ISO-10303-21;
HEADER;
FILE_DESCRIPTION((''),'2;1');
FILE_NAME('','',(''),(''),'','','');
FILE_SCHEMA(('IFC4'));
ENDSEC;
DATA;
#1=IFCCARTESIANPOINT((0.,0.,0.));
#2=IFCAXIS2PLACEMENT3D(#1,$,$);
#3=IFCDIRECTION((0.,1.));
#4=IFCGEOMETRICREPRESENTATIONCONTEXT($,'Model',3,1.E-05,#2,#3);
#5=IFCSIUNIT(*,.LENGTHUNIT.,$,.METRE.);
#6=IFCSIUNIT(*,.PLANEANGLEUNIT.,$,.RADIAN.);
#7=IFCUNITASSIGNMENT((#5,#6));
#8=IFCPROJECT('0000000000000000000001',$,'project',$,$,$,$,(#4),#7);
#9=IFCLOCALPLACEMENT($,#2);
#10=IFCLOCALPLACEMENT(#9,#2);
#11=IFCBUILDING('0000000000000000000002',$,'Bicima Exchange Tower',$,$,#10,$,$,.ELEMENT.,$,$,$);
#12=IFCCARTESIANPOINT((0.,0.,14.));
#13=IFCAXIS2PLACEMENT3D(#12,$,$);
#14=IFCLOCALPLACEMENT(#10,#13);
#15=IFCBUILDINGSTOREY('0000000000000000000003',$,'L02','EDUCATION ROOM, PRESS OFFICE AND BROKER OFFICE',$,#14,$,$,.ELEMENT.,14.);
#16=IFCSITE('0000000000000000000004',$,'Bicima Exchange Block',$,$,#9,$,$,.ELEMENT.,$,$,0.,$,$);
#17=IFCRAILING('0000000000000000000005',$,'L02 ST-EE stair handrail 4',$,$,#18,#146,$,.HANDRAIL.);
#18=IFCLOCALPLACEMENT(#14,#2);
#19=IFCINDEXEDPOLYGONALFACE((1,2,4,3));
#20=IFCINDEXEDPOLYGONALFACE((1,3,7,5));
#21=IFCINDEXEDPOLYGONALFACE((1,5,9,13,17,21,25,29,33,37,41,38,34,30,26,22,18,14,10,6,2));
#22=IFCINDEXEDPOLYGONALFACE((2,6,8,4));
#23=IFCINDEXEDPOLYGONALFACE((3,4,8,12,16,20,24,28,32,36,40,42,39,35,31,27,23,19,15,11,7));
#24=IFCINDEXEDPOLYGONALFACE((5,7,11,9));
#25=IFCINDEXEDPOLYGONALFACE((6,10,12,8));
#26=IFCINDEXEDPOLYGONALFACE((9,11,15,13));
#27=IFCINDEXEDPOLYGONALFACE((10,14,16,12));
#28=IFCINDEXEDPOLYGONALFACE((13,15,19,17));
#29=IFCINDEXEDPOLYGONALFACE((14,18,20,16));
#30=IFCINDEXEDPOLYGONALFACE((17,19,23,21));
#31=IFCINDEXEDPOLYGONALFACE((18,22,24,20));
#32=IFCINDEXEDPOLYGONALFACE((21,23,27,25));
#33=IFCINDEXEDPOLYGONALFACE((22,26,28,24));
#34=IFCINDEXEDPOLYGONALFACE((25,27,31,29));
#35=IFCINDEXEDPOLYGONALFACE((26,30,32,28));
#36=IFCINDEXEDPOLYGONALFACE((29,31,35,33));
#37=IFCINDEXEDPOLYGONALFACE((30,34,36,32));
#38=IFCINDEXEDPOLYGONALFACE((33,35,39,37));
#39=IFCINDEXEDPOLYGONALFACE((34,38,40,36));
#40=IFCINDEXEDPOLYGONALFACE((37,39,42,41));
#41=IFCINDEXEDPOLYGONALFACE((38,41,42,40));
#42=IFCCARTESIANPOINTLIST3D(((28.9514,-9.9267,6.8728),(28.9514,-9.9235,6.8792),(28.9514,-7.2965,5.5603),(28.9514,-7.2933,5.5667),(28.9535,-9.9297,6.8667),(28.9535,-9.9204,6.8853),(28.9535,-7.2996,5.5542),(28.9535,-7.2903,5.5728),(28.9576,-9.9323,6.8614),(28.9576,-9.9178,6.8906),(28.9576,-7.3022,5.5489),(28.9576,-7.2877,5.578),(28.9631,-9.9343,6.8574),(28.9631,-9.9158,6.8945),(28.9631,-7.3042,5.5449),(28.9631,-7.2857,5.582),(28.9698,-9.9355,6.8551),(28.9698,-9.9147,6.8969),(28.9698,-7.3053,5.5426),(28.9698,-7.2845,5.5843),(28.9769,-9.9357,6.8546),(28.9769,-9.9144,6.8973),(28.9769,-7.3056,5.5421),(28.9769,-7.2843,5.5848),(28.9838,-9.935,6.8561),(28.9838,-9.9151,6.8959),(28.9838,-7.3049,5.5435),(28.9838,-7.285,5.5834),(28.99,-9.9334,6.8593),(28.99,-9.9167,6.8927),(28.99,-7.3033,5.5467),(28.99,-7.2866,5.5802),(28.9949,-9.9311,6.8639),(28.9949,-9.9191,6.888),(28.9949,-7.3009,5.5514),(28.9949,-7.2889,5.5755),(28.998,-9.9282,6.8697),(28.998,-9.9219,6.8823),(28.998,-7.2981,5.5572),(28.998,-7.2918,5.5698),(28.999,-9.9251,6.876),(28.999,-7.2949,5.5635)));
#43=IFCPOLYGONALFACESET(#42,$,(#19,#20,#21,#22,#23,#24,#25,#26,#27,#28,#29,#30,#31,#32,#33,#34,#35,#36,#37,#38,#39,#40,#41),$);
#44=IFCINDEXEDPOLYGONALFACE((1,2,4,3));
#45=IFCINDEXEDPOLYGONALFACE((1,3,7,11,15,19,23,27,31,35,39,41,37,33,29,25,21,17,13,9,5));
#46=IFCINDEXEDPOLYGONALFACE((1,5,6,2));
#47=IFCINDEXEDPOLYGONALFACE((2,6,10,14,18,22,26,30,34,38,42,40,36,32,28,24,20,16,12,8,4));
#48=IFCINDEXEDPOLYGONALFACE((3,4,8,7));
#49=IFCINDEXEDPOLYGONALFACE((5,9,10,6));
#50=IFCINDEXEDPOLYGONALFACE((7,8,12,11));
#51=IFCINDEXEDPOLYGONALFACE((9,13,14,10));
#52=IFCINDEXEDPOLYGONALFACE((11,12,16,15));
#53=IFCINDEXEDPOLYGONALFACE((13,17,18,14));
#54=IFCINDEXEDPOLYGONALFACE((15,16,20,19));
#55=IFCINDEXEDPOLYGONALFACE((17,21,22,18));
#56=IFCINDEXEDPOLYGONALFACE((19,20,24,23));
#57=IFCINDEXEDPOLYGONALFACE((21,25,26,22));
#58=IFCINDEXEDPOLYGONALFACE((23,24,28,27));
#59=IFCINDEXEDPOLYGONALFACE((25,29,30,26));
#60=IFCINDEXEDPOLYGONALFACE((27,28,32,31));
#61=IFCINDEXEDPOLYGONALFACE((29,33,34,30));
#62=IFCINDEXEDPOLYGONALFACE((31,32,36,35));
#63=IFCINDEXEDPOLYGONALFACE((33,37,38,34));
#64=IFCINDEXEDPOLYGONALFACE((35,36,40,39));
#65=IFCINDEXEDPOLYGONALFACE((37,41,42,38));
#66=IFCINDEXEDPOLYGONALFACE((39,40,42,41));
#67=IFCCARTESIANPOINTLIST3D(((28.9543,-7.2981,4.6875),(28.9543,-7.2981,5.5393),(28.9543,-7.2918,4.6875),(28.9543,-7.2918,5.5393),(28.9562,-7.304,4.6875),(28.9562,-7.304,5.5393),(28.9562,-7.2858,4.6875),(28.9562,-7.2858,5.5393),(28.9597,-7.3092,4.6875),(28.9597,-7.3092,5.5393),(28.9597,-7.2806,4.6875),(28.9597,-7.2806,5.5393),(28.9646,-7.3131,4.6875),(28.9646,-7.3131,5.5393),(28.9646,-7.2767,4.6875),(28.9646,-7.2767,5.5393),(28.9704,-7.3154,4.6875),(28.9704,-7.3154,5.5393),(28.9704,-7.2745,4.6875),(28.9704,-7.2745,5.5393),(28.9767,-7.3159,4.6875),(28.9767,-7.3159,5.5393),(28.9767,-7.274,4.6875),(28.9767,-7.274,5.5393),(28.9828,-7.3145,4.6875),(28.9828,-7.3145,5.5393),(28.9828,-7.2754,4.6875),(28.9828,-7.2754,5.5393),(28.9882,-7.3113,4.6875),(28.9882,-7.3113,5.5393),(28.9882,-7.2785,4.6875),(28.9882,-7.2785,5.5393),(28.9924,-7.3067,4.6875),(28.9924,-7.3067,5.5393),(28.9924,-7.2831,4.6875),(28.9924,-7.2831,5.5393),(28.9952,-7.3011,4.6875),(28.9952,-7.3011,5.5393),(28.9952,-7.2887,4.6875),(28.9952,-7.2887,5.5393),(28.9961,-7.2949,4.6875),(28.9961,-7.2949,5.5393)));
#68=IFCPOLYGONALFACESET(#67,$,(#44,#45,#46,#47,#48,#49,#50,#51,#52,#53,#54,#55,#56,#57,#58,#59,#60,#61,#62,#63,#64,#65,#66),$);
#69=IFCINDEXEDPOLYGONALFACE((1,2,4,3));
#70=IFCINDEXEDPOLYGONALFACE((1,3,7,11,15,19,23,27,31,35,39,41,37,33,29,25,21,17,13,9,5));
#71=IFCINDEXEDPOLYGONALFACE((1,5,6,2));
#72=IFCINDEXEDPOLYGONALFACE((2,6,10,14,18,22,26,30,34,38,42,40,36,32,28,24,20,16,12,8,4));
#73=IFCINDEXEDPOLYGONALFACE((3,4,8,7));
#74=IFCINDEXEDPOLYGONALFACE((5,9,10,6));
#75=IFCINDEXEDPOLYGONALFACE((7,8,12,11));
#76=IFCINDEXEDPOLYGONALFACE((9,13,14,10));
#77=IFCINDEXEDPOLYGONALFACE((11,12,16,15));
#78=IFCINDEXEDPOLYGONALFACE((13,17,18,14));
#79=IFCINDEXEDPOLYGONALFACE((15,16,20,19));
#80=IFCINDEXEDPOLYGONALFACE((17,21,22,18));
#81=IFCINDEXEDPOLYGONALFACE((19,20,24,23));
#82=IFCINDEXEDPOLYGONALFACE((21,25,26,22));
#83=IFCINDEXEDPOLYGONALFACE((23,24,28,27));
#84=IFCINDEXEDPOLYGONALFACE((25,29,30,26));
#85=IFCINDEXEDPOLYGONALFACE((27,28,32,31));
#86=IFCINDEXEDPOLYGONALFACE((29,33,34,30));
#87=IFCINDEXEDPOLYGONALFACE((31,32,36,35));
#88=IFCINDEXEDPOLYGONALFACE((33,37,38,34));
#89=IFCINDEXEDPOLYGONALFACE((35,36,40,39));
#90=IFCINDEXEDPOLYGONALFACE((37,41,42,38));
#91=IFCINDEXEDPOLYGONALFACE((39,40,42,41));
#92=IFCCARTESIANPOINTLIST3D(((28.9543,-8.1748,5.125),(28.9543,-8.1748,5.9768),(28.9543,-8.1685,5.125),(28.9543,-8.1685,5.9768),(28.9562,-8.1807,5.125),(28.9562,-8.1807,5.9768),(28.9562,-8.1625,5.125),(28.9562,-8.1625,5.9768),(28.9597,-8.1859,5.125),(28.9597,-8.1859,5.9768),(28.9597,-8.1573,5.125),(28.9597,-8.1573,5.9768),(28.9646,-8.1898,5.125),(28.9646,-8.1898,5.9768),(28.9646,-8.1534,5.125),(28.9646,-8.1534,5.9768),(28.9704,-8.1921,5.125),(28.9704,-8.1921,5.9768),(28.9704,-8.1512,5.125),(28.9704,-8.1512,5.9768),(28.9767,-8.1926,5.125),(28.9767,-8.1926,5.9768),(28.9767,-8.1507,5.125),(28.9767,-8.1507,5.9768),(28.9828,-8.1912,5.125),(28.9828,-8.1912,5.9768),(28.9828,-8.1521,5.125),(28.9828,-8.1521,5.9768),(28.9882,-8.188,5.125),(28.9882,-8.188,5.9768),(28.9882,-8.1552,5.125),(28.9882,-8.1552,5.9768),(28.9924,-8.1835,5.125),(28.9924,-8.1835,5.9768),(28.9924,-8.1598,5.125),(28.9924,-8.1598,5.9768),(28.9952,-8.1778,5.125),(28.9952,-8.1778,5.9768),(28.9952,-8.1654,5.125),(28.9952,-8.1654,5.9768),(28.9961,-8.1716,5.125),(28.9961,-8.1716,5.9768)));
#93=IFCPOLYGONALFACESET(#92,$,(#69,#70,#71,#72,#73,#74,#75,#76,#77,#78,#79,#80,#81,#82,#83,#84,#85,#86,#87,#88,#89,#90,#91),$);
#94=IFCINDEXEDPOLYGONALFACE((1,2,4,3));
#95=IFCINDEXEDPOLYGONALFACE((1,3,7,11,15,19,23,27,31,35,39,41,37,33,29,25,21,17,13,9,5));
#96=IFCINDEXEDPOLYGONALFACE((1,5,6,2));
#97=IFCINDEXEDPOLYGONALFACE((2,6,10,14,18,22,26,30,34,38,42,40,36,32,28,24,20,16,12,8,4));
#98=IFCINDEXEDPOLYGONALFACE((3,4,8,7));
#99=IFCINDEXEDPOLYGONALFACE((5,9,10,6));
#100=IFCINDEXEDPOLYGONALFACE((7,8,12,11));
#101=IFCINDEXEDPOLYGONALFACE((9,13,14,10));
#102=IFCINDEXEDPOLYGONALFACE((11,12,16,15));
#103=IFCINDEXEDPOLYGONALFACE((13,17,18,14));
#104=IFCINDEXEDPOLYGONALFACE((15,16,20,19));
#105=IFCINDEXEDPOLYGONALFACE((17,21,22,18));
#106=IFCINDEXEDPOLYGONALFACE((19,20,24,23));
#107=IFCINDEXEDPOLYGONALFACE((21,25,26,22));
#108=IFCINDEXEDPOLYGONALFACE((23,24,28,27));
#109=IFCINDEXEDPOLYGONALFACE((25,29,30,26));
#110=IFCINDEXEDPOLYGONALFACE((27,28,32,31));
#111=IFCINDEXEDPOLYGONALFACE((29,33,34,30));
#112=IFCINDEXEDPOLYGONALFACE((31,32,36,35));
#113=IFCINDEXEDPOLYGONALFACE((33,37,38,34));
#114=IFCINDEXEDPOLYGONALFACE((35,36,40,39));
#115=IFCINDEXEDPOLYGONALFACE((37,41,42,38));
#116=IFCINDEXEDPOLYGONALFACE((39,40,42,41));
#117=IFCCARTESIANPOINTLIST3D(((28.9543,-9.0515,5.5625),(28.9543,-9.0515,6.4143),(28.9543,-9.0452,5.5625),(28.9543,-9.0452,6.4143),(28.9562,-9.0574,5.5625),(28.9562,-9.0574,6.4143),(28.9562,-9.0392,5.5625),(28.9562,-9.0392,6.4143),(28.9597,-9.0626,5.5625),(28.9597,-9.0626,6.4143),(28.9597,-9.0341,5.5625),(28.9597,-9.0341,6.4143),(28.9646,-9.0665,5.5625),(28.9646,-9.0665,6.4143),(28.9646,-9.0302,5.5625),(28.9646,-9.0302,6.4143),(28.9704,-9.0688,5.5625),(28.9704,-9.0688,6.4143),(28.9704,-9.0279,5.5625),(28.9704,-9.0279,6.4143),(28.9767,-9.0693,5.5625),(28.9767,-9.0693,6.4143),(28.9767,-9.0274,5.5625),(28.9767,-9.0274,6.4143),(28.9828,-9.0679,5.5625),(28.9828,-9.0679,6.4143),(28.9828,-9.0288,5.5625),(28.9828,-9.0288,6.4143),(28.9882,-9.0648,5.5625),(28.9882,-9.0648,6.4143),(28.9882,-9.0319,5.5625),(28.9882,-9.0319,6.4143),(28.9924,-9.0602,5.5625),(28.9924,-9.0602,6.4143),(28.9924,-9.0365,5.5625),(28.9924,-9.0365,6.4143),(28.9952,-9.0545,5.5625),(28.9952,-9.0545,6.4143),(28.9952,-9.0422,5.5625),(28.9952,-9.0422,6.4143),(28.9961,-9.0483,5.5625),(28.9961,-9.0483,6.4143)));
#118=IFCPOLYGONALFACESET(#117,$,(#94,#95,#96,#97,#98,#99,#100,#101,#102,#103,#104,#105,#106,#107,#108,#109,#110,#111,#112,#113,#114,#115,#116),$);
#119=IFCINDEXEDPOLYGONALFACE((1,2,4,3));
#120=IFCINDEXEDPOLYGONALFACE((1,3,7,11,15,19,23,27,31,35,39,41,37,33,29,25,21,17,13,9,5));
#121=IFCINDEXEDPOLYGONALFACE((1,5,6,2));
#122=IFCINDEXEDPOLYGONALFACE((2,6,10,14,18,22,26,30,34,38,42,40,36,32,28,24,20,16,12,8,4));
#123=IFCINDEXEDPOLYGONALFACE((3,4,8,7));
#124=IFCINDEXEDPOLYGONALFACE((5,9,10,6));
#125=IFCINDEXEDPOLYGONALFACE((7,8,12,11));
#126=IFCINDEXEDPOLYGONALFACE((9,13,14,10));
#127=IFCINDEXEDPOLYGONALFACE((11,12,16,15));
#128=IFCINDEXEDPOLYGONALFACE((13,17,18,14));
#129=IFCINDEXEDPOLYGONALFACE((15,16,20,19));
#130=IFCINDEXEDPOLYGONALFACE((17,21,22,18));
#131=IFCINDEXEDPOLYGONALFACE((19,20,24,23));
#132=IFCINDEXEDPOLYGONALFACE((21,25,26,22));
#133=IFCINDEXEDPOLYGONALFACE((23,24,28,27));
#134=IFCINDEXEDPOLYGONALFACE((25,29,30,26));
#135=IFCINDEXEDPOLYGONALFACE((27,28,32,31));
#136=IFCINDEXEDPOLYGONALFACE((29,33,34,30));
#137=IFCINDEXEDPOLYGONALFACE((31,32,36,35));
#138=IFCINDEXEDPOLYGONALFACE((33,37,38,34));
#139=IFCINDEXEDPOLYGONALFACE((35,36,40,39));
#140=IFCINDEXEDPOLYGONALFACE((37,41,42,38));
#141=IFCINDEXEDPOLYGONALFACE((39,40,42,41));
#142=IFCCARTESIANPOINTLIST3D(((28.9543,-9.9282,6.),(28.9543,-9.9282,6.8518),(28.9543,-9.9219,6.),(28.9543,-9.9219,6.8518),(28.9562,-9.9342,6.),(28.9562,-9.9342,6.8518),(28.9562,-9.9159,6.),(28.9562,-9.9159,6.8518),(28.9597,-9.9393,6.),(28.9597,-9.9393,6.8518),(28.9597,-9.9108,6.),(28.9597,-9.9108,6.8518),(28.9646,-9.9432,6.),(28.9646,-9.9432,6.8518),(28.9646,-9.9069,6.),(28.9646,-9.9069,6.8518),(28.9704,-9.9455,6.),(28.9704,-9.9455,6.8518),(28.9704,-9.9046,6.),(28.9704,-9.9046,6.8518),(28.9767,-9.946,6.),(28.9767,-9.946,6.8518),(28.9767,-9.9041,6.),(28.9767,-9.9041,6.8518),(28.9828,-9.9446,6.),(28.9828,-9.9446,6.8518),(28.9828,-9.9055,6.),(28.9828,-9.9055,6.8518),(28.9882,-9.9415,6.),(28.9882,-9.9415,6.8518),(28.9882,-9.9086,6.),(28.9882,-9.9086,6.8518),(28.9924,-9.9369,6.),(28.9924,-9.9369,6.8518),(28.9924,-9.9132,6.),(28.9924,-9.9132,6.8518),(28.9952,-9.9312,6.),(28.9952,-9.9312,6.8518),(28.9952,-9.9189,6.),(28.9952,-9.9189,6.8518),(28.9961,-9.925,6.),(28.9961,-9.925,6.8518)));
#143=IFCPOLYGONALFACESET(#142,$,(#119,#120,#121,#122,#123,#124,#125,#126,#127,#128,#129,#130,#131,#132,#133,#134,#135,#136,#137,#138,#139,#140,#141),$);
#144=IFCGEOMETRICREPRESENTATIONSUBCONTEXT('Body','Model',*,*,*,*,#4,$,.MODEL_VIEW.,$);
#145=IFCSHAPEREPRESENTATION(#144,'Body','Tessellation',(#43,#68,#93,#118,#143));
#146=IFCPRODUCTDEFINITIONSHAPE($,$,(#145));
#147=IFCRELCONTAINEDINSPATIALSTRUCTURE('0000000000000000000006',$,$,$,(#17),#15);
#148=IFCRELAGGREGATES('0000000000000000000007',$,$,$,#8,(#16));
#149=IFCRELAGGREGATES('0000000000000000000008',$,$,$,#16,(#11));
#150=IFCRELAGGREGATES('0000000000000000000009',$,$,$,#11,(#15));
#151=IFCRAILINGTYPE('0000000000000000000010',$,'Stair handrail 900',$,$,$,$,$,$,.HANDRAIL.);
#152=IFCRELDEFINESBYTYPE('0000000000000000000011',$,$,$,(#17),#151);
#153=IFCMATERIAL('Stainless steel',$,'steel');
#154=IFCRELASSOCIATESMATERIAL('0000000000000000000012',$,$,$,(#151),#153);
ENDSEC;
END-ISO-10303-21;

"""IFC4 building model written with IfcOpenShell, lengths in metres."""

from ifc_helpers import new_model, si_unit, direction, frame, origin, origin_2d, place, context, subcontext, project, spatial, circle, extrude, material, type_object, element, save


model = new_model("IFC4")

# Units and contexts
model_context = context("Model", 3, precision=1e-05, world=origin(), true_north=direction((0.0, 1.0)))
body_context = subcontext(model_context, "Body", "Model", "MODEL_VIEW")
ifc_project = project(units=[si_unit("LENGTHUNIT", "METRE"), si_unit("PLANEANGLEUNIT", "RADIAN")], contexts=[model_context])

# Site, building, storey
site_placement = place(None, origin())
site = spatial("IfcSite", under=ifc_project, at=site_placement, Name="Bicima Exchange Block", CompositionType="ELEMENT", RefElevation=0.0)
building_placement = place(site_placement, origin())
building = spatial("IfcBuilding", under=site, at=building_placement, Name="Bicima Exchange Tower", CompositionType="ELEMENT")
storey_placement = place(building_placement, frame((0.0, 0.0, 14.0)))
storey = spatial("IfcBuildingStorey", under=building, at=storey_placement, Name="L02", Description="EDUCATION ROOM, PRESS OFFICE AND BROKER OFFICE", CompositionType="ELEMENT", Elevation=14.0)

# Railing
ifc_material_1 = material(Name="Stainless steel", Category="steel")
railing_type_1 = type_object("IfcRailingType", Name="Stair handrail 900", PredefinedType="HANDRAIL", material=ifc_material_1)
railing_1_placement = place(storey_placement, frame((28.9751, -7.2949, 4.6875)))
element("IfcRailing", 1, at=railing_1_placement, inside=storey, type_object=railing_type_1, Name="L02 ST-EE stair handrail 4", PredefinedType="HANDRAIL", context=body_context, shape_type="SweptSolid", body=[
    extrude(circle(Radius=0.0239, at=origin_2d()), frame((0.0, 0.0, 0.876), z_axis=(0.0, -0.894776, 0.446516), x_axis=(1.0, 0.0, 0.0)), (0.0, 0.0, 1.0), 2.9395),
    extrude(circle(Radius=0.021, at=origin_2d()), origin(), (0.0, 0.0, 1.0), 0.8518),
    extrude(circle(Radius=0.021, at=origin_2d()), frame((0.0, -0.8767, 0.4375)), (0.0, 0.0, 1.0), 0.8518),
    extrude(circle(Radius=0.021, at=origin_2d()), frame((0.0, -1.7534, 0.875)), (0.0, 0.0, 1.0), 0.8518),
    extrude(circle(Radius=0.021, at=origin_2d()), frame((0.0, -2.6301, 1.3125)), (0.0, 0.0, 1.0), 0.8518),
])

save(model, "model.ifc")
